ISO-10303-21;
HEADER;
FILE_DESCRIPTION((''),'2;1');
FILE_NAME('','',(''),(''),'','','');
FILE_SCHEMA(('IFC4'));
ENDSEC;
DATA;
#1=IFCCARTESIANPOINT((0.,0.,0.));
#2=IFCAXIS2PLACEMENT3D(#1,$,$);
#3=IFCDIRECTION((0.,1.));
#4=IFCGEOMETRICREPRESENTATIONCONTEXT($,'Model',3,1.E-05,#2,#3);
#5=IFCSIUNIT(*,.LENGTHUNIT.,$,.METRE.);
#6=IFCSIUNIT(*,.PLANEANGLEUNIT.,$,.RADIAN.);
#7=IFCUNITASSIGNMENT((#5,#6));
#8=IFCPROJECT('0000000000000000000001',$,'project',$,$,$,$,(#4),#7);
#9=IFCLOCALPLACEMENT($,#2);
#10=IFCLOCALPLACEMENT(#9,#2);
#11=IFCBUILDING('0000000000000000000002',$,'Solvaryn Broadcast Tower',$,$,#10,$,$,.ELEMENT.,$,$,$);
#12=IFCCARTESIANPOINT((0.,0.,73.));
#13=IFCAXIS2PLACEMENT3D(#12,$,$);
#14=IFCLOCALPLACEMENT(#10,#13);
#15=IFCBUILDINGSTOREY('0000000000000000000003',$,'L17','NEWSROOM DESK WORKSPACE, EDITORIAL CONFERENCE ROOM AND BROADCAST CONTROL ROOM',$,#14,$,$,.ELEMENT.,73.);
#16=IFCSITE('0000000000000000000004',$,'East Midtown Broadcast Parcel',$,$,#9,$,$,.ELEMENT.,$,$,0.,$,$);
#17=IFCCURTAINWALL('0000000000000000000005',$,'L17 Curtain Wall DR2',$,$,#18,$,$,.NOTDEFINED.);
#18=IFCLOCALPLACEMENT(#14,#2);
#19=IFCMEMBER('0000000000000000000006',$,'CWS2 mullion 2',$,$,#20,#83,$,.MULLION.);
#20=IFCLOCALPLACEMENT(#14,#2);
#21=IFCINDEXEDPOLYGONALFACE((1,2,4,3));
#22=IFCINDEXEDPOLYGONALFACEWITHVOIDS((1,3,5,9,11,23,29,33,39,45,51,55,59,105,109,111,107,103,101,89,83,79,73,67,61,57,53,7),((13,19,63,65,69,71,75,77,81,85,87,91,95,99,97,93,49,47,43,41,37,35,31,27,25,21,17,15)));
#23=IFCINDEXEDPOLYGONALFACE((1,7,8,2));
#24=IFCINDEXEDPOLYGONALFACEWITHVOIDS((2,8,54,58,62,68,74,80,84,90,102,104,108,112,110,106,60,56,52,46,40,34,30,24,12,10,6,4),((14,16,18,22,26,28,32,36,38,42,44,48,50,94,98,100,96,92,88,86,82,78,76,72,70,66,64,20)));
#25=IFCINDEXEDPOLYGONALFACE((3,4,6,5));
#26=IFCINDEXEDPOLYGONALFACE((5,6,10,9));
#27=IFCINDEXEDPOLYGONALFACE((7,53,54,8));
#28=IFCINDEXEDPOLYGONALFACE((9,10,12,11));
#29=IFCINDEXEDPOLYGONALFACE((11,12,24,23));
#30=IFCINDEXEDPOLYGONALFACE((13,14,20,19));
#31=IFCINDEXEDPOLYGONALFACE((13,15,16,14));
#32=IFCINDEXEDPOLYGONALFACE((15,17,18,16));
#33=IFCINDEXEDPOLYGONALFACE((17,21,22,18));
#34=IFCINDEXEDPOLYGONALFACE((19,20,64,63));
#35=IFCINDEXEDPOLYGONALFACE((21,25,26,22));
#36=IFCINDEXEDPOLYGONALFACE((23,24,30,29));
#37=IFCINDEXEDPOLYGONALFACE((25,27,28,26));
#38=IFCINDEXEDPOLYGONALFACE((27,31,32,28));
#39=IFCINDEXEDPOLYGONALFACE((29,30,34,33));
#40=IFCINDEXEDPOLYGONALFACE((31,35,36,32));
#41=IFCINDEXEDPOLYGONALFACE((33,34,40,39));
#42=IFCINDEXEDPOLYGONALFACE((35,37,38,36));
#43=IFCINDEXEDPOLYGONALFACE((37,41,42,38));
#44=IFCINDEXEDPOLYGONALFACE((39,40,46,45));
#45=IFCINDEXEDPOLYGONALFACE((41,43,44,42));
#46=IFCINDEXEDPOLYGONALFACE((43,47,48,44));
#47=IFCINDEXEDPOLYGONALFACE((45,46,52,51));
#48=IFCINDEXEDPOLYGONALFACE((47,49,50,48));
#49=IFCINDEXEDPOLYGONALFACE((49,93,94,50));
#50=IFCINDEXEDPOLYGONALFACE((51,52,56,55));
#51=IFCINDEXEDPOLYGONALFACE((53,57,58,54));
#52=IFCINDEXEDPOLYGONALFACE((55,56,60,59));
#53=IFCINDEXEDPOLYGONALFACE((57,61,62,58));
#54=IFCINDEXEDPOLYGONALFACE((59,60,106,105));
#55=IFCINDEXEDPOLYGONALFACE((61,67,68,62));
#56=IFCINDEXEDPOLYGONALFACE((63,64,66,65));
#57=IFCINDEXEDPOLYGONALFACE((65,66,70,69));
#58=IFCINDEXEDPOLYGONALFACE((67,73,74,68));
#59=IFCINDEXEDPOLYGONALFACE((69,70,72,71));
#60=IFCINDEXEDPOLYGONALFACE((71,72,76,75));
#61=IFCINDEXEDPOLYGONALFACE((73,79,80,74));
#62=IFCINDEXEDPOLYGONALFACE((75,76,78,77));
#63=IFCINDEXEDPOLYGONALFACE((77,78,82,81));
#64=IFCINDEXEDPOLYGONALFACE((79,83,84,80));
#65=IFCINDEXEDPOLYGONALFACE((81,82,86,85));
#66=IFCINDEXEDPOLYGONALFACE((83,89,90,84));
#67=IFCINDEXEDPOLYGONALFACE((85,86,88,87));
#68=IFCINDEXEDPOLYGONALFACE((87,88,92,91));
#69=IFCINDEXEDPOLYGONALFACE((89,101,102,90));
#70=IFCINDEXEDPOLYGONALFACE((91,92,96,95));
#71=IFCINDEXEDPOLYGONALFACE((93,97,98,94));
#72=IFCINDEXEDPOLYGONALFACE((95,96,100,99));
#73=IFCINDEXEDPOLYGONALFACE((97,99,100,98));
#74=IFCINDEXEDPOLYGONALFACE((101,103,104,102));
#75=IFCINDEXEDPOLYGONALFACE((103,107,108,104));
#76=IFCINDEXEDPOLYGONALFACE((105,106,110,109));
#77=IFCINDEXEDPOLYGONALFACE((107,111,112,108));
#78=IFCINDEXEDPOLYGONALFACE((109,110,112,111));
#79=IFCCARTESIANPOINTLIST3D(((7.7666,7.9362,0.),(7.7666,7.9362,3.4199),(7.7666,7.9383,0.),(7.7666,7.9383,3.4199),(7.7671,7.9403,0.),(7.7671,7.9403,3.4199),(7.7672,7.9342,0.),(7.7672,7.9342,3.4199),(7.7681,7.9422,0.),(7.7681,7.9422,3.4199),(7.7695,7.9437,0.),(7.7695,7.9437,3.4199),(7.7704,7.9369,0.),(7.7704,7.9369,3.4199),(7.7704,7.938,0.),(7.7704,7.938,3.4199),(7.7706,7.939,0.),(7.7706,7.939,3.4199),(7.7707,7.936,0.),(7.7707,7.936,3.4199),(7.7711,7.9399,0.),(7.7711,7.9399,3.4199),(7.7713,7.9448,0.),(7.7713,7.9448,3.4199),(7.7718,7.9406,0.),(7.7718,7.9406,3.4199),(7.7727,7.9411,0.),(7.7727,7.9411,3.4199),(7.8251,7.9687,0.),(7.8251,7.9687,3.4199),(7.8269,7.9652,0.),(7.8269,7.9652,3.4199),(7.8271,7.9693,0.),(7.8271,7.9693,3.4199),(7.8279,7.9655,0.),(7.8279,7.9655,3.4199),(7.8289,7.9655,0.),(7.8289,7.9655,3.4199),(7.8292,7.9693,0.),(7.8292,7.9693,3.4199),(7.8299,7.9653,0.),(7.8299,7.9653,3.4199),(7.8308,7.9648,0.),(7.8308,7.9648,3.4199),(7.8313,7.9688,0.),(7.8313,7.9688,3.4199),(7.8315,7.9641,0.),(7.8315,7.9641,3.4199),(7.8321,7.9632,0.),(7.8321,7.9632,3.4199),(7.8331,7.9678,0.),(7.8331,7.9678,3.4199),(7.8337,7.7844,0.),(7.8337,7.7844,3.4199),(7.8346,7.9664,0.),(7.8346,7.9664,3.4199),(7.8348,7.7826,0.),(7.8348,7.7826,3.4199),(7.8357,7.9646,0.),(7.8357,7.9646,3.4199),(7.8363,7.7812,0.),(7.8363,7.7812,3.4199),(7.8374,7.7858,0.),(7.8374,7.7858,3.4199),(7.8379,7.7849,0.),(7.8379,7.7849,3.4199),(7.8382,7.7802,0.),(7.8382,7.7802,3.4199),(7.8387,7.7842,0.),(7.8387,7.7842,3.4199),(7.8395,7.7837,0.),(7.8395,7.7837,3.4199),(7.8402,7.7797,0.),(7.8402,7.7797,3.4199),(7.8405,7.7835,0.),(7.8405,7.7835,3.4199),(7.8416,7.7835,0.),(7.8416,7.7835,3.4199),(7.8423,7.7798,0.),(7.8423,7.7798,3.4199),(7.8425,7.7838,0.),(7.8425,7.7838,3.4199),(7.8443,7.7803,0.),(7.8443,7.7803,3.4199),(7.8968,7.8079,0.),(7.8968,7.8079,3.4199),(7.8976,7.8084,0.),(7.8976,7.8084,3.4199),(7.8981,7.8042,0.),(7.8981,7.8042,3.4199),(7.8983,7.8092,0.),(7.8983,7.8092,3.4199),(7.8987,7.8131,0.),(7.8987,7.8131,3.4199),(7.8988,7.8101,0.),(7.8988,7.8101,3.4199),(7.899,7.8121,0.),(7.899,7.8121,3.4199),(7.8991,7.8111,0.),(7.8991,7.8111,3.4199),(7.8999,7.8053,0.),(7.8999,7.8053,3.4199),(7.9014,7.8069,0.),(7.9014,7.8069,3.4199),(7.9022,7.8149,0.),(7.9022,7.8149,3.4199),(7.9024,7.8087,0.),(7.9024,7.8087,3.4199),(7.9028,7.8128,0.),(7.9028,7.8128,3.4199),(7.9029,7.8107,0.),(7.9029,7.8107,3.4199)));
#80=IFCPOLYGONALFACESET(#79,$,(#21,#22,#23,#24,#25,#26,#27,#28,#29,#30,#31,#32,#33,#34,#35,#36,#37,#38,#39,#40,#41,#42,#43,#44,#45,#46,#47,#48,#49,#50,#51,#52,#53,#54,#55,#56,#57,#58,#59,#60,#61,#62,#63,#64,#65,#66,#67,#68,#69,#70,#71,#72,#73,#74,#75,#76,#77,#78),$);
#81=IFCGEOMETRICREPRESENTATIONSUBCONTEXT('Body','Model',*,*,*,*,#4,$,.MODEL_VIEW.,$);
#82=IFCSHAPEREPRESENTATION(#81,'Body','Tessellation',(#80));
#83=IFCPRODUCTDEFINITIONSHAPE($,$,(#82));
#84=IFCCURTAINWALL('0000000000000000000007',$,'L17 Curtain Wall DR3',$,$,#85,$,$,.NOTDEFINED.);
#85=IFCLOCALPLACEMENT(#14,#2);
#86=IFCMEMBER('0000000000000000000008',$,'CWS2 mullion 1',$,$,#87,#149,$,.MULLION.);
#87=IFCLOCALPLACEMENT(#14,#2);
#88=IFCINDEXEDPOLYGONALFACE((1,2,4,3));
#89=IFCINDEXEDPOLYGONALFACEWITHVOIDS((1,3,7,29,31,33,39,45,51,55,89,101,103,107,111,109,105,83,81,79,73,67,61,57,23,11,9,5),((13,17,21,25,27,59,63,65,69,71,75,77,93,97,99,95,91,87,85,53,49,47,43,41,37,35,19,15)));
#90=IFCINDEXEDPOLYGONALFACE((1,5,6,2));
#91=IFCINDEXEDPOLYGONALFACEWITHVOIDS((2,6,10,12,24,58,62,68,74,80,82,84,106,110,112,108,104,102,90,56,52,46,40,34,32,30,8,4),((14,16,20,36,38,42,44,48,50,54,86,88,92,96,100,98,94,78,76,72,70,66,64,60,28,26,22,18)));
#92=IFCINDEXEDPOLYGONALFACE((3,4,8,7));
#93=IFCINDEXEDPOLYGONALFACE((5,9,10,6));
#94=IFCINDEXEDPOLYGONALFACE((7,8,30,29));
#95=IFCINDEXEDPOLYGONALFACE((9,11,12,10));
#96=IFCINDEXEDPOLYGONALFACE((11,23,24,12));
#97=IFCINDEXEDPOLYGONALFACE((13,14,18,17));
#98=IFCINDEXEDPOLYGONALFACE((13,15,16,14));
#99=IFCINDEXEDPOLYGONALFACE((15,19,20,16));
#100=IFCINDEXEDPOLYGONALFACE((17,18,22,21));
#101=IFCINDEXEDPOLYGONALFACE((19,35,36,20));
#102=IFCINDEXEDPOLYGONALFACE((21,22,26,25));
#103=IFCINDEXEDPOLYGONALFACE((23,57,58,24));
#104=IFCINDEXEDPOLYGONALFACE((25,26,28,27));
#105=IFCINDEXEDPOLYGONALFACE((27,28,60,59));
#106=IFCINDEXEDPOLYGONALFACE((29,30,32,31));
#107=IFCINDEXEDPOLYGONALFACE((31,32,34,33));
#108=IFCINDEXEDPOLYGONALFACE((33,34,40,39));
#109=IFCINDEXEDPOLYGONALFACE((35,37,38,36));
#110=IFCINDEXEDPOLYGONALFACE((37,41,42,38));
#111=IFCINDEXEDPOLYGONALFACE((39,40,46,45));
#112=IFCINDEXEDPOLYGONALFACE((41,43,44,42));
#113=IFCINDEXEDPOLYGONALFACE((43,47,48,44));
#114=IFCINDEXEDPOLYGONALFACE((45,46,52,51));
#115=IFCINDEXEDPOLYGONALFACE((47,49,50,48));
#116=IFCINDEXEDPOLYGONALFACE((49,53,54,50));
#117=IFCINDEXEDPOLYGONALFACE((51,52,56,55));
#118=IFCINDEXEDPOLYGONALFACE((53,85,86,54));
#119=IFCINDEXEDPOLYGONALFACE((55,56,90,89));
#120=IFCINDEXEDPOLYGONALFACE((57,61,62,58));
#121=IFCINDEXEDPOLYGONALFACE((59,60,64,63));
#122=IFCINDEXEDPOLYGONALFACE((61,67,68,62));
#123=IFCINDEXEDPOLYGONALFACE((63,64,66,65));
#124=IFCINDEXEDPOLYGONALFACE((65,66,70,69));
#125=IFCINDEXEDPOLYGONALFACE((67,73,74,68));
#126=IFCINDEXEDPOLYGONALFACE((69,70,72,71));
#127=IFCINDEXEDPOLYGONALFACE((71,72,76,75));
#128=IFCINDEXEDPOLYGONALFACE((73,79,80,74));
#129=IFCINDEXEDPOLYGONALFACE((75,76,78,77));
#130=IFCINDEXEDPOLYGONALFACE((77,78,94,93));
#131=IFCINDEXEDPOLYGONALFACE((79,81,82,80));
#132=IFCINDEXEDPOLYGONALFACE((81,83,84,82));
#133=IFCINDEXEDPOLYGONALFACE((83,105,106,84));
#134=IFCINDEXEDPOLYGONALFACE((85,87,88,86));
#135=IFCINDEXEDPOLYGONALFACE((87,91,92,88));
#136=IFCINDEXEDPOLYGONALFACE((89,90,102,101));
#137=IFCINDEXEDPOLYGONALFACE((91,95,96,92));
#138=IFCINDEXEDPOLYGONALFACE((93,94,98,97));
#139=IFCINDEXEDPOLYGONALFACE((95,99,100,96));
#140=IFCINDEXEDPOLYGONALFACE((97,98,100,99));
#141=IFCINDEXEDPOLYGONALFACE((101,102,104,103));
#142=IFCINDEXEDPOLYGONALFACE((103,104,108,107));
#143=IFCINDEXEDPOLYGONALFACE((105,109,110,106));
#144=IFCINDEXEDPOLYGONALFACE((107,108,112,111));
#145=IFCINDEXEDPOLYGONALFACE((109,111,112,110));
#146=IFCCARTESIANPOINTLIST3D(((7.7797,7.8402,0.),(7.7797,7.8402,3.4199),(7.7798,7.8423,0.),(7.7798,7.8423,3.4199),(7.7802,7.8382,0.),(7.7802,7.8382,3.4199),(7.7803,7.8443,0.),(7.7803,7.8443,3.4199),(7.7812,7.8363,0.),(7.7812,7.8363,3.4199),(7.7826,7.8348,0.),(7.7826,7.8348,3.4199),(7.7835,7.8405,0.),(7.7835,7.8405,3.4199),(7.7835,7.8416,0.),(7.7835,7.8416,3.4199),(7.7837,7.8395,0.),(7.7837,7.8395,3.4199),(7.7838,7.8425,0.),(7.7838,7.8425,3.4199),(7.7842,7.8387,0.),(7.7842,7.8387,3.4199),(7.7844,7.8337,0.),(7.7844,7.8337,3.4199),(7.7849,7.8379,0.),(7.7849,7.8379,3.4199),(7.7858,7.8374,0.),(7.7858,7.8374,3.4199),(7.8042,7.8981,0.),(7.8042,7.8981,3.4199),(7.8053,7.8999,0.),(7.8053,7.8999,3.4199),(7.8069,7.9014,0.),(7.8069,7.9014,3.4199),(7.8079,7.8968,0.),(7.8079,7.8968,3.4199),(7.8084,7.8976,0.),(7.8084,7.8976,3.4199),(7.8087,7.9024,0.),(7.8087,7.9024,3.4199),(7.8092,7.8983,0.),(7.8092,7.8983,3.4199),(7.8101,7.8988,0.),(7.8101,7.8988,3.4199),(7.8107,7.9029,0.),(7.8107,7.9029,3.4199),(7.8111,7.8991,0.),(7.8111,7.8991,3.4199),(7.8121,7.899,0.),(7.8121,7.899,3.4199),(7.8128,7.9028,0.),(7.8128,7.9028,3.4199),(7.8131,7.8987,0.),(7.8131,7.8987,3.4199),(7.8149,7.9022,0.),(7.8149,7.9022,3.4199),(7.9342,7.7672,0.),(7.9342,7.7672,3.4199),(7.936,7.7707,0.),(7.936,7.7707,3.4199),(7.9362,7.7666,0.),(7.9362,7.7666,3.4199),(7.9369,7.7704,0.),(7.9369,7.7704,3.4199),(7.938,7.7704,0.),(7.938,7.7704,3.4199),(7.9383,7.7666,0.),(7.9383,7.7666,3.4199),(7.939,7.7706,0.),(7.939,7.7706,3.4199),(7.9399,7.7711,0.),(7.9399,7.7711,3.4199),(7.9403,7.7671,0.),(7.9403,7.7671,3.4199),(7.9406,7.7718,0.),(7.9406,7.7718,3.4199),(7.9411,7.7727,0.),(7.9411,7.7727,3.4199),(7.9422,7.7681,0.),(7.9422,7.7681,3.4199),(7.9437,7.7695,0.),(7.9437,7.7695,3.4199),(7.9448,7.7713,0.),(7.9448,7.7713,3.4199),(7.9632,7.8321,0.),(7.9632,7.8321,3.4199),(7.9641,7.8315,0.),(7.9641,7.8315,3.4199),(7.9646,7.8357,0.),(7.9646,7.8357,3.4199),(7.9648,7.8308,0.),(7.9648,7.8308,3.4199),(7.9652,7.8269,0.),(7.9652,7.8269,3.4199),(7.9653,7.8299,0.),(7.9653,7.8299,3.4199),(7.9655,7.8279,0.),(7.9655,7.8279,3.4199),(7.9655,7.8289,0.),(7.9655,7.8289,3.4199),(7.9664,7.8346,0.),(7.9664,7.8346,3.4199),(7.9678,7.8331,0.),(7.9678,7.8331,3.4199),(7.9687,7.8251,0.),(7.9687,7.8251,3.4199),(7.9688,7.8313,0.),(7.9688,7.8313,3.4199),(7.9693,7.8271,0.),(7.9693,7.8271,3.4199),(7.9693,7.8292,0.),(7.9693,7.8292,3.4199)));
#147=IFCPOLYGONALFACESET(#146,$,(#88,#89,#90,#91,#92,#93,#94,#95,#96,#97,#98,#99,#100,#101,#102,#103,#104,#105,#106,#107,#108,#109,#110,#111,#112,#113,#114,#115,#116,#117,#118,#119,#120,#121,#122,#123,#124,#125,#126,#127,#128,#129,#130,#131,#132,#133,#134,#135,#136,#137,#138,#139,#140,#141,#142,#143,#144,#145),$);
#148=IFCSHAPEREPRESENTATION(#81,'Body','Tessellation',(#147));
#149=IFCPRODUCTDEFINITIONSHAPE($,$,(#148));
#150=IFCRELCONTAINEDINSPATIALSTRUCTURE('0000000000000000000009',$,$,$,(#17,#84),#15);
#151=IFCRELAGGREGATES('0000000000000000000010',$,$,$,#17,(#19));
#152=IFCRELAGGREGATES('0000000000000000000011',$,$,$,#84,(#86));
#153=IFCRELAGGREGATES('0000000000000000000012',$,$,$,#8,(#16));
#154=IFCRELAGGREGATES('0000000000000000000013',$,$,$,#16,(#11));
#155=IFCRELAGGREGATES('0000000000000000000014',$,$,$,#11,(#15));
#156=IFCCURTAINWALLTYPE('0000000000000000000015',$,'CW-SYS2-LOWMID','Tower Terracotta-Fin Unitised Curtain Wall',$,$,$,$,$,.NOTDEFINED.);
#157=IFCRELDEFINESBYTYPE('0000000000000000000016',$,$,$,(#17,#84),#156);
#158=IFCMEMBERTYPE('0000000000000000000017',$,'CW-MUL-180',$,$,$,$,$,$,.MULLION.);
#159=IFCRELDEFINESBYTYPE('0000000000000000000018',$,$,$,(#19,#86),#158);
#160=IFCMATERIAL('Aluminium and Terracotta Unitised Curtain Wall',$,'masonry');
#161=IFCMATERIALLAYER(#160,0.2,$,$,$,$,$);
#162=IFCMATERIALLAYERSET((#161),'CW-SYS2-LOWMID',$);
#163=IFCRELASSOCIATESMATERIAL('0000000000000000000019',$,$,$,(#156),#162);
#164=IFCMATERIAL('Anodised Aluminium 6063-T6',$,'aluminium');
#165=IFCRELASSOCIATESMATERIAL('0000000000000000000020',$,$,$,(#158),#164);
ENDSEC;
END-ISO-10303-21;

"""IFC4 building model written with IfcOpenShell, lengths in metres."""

from ifc_helpers import new_model, si_unit, direction, frame, origin, origin_2d, place, context, subcontext, project, spatial, hollow_rectangle, extrude, material, layer, layer_set, material_profile, profile_set, type_object, element, aggregate, save


model = new_model("IFC4")

# Units and contexts
model_context = context("Model", 3, precision=1e-05, world=origin(), true_north=direction((0.0, 1.0)))
body_context = subcontext(model_context, "Body", "Model", "MODEL_VIEW")
ifc_project = project(units=[si_unit("LENGTHUNIT", "METRE"), si_unit("PLANEANGLEUNIT", "RADIAN")], contexts=[model_context])

# Site, building, storey
site_placement = place(None, origin())
site = spatial("IfcSite", under=ifc_project, at=site_placement, Name="East Midtown Broadcast Parcel", CompositionType="ELEMENT", RefElevation=0.0)
building_placement = place(site_placement, origin())
building = spatial("IfcBuilding", under=site, at=building_placement, Name="Solvaryn Broadcast Tower", CompositionType="ELEMENT")
storey_placement = place(building_placement, frame((0.0, 0.0, 73.0)))
storey = spatial("IfcBuildingStorey", under=building, at=storey_placement, Name="L17", Description="NEWSROOM DESK WORKSPACE, EDITORIAL CONFERENCE ROOM AND BROADCAST CONTROL ROOM", CompositionType="ELEMENT", Elevation=73.0)

# Curtain wall, member
ifc_material_1 = material(Name="Aluminium and Terracotta Unitised Curtain Wall", Category="masonry")
ifc_layer_1 = layer(ifc_material_1, 0.2)
ifc_layer_set_1 = layer_set([ifc_layer_1], Name="CW-SYS2-LOWMID")
curtain_wall_type = type_object("IfcCurtainWallType", Name="CW-SYS2-LOWMID", Description="Tower Terracotta-Fin Unitised Curtain Wall", PredefinedType="NOTDEFINED", material=ifc_layer_set_1)
curtain_wall_1_placement = place(storey_placement, origin())
curtain_wall_1 = element("IfcCurtainWall", 1, at=curtain_wall_1_placement, inside=storey, type_object=curtain_wall_type, Name="L17 Curtain Wall DR2", PredefinedType="NOTDEFINED")
ifc_material_2 = material(Name="Anodised Aluminium 6063-T6", Category="aluminium")
ifc_material_profile_1 = material_profile(ifc_material_2, hollow_rectangle(XDim=0.075, YDim=0.1799, WallThickness=0.0039, InnerFilletRadius=0.0039, OuterFilletRadius=0.0081, at=origin_2d()))
ifc_profile_set_1 = profile_set([ifc_material_profile_1], Name="Anodised Aluminium 6063-T6")
member_type_1 = type_object("IfcMemberType", Name="CW-MUL-180", PredefinedType="MULLION", material=ifc_profile_set_1)
member_1_placement = place(storey_placement, frame((7.8347, 7.8745, 0.0), z_axis=(0.0, 0.0, 1.0), x_axis=(0.913918, 0.405898, 0.0)))
member_1 = element("IfcMember", 2, at=member_1_placement, type_object=member_type_1, Name="CWS2 mullion 2", PredefinedType="MULLION", context=body_context, shape_type="SweptSolid", body=[
    extrude(hollow_rectangle(XDim=0.075, YDim=0.1799, WallThickness=0.0039, InnerFilletRadius=0.0039, OuterFilletRadius=0.0081, at=origin_2d()), origin(), (0.0, 0.0, 1.0), 3.4199),
])

# Curtain wall, member
curtain_wall_2_placement = place(storey_placement, origin())
curtain_wall_2 = element("IfcCurtainWall", 3, at=curtain_wall_2_placement, inside=storey, type_object=curtain_wall_type, Name="L17 Curtain Wall DR3", PredefinedType="NOTDEFINED")
member_2_placement = place(storey_placement, frame((7.8745, 7.8347, 0.0), z_axis=(0.0, 0.0, 1.0), x_axis=(0.405898, 0.913918, 0.0)))
member_2 = element("IfcMember", 4, at=member_2_placement, type_object=member_type_1, Name="CWS2 mullion 1", PredefinedType="MULLION", context=body_context, shape_type="SweptSolid", body=[
    extrude(hollow_rectangle(XDim=0.075, YDim=0.1799, WallThickness=0.0039, InnerFilletRadius=0.0039, OuterFilletRadius=0.0081, at=origin_2d()), origin(), (0.0, 0.0, 1.0), 3.4199),
])

aggregate(curtain_wall_1, [member_1])
aggregate(curtain_wall_2, [member_2])

save(model, "model.ifc")
